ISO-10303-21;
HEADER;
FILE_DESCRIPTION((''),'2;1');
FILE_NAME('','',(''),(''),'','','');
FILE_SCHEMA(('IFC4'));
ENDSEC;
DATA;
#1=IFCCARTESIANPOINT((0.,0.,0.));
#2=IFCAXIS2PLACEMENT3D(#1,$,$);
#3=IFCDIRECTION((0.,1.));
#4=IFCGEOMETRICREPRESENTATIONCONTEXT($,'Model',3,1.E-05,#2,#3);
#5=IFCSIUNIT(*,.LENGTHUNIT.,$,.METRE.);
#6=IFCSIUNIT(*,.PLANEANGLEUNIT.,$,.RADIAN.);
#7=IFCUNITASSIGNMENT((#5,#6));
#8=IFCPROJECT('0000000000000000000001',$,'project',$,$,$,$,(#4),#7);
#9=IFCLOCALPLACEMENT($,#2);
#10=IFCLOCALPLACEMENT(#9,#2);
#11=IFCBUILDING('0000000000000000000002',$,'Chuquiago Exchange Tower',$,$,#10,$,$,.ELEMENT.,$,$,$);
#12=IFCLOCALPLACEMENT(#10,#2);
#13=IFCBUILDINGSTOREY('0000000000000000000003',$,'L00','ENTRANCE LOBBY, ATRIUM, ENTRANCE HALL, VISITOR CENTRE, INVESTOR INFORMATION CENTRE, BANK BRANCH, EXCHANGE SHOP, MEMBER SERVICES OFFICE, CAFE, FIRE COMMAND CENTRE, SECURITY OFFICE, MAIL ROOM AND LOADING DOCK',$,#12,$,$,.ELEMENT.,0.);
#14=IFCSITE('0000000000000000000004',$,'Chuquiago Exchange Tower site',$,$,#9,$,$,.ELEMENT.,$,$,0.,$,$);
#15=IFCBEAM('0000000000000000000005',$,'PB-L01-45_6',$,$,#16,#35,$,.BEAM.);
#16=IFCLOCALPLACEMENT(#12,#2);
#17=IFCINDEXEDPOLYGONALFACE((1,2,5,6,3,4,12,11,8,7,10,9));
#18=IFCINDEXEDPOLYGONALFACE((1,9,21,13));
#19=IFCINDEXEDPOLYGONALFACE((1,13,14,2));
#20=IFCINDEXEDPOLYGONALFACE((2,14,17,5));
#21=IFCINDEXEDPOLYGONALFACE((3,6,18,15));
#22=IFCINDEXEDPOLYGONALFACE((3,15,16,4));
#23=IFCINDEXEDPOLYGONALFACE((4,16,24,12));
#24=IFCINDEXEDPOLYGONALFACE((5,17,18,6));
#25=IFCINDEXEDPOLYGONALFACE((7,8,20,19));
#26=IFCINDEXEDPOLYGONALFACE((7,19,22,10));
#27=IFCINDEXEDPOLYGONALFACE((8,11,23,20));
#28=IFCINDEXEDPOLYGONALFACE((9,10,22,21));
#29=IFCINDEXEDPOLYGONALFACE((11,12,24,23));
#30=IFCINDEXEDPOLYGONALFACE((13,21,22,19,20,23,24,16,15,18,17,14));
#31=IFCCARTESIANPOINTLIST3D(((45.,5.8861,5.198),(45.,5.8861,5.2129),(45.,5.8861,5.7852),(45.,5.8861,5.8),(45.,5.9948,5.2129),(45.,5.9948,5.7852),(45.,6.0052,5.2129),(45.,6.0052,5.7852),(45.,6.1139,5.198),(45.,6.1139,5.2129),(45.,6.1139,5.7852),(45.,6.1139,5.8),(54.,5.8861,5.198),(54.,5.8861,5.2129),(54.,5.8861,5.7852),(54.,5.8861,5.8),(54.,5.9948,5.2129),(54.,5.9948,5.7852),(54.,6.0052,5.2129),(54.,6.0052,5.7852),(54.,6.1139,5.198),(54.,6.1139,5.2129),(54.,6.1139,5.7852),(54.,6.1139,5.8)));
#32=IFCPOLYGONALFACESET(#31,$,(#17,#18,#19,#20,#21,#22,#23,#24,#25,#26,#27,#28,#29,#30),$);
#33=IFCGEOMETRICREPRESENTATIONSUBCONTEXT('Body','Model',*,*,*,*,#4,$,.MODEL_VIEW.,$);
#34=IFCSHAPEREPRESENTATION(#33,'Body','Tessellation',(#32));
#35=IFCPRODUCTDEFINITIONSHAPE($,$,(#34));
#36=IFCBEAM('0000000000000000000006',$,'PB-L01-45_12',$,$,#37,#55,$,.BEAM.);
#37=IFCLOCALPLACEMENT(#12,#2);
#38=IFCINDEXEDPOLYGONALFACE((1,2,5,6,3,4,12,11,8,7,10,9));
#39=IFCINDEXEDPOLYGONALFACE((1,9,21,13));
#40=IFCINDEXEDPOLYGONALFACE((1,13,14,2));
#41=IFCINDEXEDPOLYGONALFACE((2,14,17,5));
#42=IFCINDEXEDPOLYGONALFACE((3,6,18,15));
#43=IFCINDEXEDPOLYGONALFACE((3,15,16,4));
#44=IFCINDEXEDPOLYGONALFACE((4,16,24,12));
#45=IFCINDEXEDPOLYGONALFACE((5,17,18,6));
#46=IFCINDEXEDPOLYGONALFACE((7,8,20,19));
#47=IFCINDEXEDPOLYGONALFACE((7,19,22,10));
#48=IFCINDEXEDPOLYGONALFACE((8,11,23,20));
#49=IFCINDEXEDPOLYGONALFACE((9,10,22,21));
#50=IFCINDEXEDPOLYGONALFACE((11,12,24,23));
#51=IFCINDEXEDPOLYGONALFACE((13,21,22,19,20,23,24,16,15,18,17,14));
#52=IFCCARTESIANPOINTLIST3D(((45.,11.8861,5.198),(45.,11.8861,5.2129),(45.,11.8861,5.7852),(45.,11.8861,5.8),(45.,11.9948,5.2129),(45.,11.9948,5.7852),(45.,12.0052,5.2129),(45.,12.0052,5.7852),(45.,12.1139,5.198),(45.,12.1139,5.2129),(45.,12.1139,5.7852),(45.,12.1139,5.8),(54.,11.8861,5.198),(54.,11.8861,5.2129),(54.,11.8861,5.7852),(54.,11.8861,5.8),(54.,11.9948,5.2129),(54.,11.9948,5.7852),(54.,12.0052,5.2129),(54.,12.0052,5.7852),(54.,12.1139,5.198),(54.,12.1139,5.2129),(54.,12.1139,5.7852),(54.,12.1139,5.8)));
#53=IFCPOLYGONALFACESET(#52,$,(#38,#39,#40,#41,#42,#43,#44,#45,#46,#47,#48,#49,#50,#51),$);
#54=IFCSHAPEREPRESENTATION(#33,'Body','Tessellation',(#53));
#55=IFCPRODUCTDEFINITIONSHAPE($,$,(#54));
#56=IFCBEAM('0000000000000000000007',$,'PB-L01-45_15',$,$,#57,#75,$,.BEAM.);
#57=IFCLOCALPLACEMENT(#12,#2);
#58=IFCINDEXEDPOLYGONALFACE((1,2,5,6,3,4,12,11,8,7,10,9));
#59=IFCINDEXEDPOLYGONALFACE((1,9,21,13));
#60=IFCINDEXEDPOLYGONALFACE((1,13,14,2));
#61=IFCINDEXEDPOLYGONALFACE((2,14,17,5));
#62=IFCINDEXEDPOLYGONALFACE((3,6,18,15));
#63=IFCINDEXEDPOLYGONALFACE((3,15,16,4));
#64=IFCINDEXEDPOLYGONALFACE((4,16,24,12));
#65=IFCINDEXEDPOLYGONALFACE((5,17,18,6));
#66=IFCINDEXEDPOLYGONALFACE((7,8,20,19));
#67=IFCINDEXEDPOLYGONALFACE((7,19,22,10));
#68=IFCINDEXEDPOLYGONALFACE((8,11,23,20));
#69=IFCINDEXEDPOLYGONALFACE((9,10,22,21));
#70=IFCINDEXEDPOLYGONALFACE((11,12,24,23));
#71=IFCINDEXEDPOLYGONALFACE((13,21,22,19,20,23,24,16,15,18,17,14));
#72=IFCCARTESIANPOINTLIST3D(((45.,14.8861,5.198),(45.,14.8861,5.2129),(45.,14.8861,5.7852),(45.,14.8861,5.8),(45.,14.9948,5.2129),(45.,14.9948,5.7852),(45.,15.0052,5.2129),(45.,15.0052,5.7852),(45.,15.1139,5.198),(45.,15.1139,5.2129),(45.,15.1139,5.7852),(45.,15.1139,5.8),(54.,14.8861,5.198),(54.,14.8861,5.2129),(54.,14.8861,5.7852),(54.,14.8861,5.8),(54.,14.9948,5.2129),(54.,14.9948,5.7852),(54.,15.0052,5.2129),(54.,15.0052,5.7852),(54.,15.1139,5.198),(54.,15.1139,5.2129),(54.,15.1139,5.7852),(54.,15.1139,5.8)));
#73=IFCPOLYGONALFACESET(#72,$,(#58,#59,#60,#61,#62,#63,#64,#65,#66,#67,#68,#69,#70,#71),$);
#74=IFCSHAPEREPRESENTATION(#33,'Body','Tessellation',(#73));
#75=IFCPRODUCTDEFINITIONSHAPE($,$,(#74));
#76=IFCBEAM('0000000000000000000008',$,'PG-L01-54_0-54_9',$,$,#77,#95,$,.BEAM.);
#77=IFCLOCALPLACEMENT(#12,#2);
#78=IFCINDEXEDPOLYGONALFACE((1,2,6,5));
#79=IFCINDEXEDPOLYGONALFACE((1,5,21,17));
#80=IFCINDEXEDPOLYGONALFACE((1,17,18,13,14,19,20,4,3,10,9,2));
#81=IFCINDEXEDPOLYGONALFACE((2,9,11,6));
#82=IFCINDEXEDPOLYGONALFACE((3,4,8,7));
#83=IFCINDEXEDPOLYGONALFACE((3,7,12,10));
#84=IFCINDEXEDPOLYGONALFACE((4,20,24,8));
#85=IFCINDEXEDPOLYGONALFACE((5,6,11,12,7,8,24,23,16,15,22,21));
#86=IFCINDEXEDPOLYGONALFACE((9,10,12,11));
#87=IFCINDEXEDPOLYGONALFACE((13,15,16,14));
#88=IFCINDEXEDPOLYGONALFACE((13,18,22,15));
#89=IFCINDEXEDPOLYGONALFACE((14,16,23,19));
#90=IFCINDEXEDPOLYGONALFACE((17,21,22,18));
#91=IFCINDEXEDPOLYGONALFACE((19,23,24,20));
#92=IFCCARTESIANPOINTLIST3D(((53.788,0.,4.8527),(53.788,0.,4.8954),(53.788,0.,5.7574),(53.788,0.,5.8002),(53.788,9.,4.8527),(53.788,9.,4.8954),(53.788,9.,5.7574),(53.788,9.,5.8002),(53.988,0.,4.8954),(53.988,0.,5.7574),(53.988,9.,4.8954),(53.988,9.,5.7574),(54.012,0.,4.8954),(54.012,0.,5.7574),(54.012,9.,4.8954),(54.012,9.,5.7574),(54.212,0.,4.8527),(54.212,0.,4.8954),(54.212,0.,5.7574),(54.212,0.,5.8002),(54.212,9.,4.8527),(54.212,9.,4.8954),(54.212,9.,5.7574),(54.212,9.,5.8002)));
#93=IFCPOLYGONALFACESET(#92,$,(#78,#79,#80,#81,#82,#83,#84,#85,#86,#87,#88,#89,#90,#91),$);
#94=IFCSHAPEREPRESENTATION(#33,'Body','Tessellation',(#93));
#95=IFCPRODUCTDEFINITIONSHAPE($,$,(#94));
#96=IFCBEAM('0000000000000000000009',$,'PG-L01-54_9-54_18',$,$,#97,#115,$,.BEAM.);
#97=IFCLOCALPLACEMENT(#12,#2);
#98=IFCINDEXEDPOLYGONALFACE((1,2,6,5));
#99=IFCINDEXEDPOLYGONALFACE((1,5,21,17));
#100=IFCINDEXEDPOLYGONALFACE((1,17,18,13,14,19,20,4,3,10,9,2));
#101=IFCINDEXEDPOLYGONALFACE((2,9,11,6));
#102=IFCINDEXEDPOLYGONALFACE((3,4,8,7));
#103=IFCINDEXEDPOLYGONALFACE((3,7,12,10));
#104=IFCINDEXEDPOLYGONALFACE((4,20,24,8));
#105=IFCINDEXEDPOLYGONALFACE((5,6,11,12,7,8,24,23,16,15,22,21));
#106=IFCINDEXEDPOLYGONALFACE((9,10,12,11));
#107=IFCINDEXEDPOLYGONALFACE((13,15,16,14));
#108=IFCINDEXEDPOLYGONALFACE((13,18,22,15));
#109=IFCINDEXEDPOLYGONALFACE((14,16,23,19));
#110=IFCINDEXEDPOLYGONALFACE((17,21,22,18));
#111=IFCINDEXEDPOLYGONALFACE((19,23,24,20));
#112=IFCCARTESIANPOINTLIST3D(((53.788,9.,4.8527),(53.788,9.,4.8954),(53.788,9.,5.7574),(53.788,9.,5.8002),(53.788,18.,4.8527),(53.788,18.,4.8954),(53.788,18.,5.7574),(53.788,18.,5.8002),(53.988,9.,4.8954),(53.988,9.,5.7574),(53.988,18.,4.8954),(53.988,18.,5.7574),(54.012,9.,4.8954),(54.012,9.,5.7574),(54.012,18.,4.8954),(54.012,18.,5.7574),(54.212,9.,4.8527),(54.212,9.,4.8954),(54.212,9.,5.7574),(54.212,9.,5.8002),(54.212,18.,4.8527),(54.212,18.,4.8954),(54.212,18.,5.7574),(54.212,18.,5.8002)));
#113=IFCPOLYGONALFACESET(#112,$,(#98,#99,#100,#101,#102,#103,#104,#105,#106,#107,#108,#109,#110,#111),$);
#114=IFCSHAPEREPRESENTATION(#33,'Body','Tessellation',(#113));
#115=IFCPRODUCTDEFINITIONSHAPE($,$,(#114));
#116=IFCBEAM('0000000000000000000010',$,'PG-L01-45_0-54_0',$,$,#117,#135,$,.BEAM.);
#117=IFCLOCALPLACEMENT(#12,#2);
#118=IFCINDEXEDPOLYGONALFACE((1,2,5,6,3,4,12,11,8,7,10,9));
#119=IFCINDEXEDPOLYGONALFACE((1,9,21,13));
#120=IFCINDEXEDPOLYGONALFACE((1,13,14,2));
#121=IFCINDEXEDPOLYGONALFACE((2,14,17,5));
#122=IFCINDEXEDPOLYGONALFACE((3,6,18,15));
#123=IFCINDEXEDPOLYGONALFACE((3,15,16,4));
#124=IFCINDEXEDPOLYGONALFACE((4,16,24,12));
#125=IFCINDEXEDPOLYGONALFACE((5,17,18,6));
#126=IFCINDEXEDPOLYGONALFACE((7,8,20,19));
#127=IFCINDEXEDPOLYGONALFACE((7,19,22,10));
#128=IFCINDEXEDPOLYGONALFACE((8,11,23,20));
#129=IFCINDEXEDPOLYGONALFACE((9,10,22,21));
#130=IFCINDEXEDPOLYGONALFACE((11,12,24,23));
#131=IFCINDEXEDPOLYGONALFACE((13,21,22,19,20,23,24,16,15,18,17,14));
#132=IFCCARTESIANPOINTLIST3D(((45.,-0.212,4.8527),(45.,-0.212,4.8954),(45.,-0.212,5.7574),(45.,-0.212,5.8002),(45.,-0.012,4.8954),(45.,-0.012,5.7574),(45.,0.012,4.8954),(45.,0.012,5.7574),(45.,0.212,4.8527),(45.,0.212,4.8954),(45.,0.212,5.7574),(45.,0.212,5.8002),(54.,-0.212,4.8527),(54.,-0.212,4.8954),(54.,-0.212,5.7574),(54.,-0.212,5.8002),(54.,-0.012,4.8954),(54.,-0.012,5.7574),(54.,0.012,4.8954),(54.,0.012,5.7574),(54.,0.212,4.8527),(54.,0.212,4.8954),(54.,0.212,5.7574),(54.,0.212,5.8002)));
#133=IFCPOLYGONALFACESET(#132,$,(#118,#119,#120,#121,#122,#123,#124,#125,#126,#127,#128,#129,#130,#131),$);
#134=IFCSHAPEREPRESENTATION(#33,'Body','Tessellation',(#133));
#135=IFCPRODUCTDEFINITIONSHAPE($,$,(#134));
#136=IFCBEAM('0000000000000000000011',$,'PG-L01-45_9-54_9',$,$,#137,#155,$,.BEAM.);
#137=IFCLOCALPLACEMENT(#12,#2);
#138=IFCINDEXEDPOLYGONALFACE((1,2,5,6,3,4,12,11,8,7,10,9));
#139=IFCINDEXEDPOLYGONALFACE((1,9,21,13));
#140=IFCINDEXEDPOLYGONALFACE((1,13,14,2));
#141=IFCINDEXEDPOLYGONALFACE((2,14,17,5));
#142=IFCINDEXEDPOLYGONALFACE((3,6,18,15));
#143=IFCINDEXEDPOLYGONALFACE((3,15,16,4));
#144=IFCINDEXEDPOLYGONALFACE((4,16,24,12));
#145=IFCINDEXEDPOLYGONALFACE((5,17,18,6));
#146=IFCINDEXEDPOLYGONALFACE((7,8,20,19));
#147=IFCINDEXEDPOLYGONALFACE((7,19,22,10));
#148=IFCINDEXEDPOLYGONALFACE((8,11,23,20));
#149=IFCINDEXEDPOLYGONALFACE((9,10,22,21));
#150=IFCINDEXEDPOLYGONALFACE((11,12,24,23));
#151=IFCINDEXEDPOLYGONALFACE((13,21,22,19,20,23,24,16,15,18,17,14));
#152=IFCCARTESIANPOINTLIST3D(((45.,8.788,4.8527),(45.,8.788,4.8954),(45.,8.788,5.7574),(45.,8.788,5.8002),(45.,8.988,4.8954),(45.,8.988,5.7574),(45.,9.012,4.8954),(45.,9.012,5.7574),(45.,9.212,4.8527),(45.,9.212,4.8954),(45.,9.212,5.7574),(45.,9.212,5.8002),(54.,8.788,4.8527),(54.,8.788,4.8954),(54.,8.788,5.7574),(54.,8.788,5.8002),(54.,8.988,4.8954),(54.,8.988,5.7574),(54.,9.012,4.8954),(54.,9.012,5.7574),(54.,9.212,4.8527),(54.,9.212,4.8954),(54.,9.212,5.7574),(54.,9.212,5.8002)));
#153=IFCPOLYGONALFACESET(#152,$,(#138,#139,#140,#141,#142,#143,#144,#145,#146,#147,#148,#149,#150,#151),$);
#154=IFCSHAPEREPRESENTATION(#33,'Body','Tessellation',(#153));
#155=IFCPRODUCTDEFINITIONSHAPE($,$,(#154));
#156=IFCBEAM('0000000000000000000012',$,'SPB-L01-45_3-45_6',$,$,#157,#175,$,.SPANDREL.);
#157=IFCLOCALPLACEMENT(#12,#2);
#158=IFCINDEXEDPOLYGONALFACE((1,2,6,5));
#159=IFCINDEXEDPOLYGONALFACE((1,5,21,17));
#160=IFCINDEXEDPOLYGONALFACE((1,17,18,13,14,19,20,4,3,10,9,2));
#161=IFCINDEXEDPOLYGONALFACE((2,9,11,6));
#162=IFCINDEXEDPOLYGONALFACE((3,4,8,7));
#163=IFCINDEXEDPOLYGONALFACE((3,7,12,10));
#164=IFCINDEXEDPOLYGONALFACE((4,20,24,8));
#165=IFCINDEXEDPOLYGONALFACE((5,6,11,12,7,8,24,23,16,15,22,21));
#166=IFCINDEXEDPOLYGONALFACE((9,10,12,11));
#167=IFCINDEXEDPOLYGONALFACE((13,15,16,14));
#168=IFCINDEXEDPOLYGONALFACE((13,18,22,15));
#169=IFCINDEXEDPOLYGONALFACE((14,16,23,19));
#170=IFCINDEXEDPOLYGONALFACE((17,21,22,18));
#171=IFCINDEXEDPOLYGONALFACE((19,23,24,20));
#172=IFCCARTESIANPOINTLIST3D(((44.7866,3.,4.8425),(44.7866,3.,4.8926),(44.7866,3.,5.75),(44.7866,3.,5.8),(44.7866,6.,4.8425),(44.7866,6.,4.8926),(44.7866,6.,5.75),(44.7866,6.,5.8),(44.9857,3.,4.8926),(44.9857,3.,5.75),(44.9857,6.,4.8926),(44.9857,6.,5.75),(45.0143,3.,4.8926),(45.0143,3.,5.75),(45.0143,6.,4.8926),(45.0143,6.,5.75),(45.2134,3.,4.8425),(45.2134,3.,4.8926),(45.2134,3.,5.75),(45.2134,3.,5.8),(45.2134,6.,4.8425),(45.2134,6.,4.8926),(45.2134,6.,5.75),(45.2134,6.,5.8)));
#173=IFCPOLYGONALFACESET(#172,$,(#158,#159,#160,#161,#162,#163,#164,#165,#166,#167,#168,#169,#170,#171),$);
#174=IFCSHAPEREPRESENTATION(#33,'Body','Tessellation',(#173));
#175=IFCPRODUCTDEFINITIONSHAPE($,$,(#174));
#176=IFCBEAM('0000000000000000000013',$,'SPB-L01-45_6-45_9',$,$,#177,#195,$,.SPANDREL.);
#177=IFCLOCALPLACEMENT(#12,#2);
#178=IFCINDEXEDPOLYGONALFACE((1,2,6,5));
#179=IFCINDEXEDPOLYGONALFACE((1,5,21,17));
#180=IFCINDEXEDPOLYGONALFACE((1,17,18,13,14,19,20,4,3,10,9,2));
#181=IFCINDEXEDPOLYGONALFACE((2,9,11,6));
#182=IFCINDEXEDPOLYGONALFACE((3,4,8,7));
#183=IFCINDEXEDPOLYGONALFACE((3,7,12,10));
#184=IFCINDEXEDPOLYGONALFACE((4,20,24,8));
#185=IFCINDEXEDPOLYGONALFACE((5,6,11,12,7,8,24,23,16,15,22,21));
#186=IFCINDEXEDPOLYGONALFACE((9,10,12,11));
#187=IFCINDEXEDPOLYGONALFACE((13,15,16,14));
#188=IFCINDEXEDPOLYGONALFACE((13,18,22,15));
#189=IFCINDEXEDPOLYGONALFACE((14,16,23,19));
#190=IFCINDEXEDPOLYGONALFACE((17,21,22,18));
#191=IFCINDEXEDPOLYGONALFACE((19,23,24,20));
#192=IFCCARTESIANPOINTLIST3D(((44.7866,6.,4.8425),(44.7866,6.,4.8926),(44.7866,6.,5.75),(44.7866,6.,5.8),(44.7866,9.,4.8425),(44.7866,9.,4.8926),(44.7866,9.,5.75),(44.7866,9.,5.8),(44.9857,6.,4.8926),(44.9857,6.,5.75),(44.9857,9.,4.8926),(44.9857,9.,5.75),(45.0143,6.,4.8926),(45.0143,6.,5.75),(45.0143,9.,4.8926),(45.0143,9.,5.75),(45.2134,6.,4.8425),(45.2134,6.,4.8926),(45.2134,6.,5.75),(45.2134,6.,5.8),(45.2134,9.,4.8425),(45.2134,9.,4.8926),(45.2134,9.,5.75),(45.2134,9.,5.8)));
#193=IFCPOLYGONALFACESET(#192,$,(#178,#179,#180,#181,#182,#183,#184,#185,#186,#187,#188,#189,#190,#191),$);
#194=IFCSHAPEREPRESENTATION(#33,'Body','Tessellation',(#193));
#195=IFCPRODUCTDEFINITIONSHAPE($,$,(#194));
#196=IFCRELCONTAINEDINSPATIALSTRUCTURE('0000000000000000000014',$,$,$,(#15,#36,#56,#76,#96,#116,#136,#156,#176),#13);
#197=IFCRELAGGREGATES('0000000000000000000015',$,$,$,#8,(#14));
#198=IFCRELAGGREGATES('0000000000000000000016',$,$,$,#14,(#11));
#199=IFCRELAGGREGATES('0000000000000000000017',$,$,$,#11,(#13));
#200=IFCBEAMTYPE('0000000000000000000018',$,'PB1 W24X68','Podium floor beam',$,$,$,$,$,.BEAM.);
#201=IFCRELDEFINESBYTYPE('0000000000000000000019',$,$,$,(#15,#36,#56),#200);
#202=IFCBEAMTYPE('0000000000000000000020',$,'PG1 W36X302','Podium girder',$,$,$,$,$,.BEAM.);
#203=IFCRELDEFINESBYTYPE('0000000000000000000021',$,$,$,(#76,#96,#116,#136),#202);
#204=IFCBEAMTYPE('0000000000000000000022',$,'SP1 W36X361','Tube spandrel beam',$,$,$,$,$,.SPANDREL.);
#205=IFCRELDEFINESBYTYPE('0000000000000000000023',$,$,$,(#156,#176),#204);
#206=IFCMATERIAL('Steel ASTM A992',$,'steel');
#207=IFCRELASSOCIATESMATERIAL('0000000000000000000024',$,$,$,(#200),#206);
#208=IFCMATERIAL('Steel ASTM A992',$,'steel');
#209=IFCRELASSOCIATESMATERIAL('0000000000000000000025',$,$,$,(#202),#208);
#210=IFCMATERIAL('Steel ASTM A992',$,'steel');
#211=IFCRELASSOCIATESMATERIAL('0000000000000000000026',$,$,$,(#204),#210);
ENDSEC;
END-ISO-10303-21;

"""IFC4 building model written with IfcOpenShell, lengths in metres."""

from ifc_helpers import new_model, si_unit, direction, frame, origin, origin_2d, place, context, subcontext, project, spatial, i_section, extrude, material, material_profile, profile_set, type_object, element, save


model = new_model("IFC4")

# Units and contexts
model_context = context("Model", 3, precision=1e-05, world=origin(), true_north=direction((0.0, 1.0)))
body_context = subcontext(model_context, "Body", "Model", "MODEL_VIEW")
ifc_project = project(units=[si_unit("LENGTHUNIT", "METRE"), si_unit("PLANEANGLEUNIT", "RADIAN")], contexts=[model_context])

# Site, building, storey
site_placement = place(None, origin())
site = spatial("IfcSite", under=ifc_project, at=site_placement, Name="Chuquiago Exchange Tower site", CompositionType="ELEMENT", RefElevation=0.0)
building_placement = place(site_placement, origin())
building = spatial("IfcBuilding", under=site, at=building_placement, Name="Chuquiago Exchange Tower", CompositionType="ELEMENT")
storey_placement = place(building_placement, origin())
storey = spatial("IfcBuildingStorey", under=building, at=storey_placement, Name="L00", Description="ENTRANCE LOBBY, ATRIUM, ENTRANCE HALL, VISITOR CENTRE, INVESTOR INFORMATION CENTRE, BANK BRANCH, EXCHANGE SHOP, MEMBER SERVICES OFFICE, CAFE, FIRE COMMAND CENTRE, SECURITY OFFICE, MAIL ROOM AND LOADING DOCK", CompositionType="ELEMENT", Elevation=0.0)

# Beams
ifc_material_1 = material(Name="Steel ASTM A992", Category="steel")
ifc_material_profile_1 = material_profile(ifc_material_1, i_section(OverallWidth=0.2278, OverallDepth=0.6021, WebThickness=0.0105, FlangeThickness=0.0149, at=origin_2d()), Name="W24X68")
ifc_profile_set_1 = profile_set([ifc_material_profile_1], Name="Steel ASTM A992")
beam_type_1 = type_object("IfcBeamType", Name="PB1 W24X68", Description="Podium floor beam", PredefinedType="BEAM", material=ifc_profile_set_1)
for number, where, z_axis, x_axis, name in (
    (1, (45.0, 6.0, 5.499), (1.0, 0.0, 0.0), (0.0, 1.0, 0.0), "PB-L01-45_6"),
    (2, (45.0, 12.0, 5.499), (1.0, 0.0, 0.0), (0.0, 1.0, 0.0), "PB-L01-45_12"),
    (3, (45.0, 15.0, 5.499), (1.0, 0.0, 0.0), (0.0, 1.0, 0.0), "PB-L01-45_15"),
):
    element("IfcBeam", number, at=place(storey_placement, frame(where, z_axis=z_axis, x_axis=x_axis)), inside=storey, type_object=beam_type_1, Name=name, PredefinedType="BEAM", context=body_context, shape_type="SweptSolid", body=[
        extrude(i_section(OverallWidth=0.2278, OverallDepth=0.6021, WebThickness=0.0105, FlangeThickness=0.0149, at=origin_2d()), origin(), (0.0, 0.0, 1.0), 9.0),
    ])
ifc_material_2 = material(Name="Steel ASTM A992", Category="steel")
ifc_material_profile_2 = material_profile(ifc_material_2, i_section(OverallWidth=0.4241, OverallDepth=0.9475, WebThickness=0.0239, FlangeThickness=0.0427, at=origin_2d()), Name="W36X302")
ifc_profile_set_2 = profile_set([ifc_material_profile_2], Name="Steel ASTM A992")
beam_type_2 = type_object("IfcBeamType", Name="PG1 W36X302", Description="Podium girder", PredefinedType="BEAM", material=ifc_profile_set_2)
for number, where, z_axis, x_axis, name in (
    (4, (54.0, 0.0, 5.3264), (0.0, 1.0, 0.0), (-1.0, 0.0, 0.0), "PG-L01-54_0-54_9"),
    (5, (54.0, 9.0, 5.3264), (0.0, 1.0, 0.0), (-1.0, 0.0, 0.0), "PG-L01-54_9-54_18"),
    (6, (45.0, 0.0, 5.3264), (1.0, 0.0, 0.0), (0.0, 1.0, 0.0), "PG-L01-45_0-54_0"),
    (7, (45.0, 9.0, 5.3264), (1.0, 0.0, 0.0), (0.0, 1.0, 0.0), "PG-L01-45_9-54_9"),
):
    element("IfcBeam", number, at=place(storey_placement, frame(where, z_axis=z_axis, x_axis=x_axis)), inside=storey, type_object=beam_type_2, Name=name, PredefinedType="BEAM", context=body_context, shape_type="SweptSolid", body=[
        extrude(i_section(OverallWidth=0.4241, OverallDepth=0.9475, WebThickness=0.0239, FlangeThickness=0.0427, at=origin_2d()), origin(), (0.0, 0.0, 1.0), 9.0),
    ])
ifc_material_3 = material(Name="Steel ASTM A992", Category="steel")
ifc_material_profile_3 = material_profile(ifc_material_3, i_section(OverallWidth=0.4268, OverallDepth=0.9575, WebThickness=0.0286, FlangeThickness=0.05, at=origin_2d()), Name="W36X361")
ifc_profile_set_3 = profile_set([ifc_material_profile_3], Name="Steel ASTM A992")
beam_type_3 = type_object("IfcBeamType", Name="SP1 W36X361", Description="Tube spandrel beam", PredefinedType="SPANDREL", material=ifc_profile_set_3)
for number, where, z_axis, x_axis, name in (
    (8, (45.0, 3.0, 5.3213), (0.0, 1.0, 0.0), (-1.0, 0.0, 0.0), "SPB-L01-45_3-45_6"),
    (9, (45.0, 6.0, 5.3213), (0.0, 1.0, 0.0), (-1.0, 0.0, 0.0), "SPB-L01-45_6-45_9"),
):
    element("IfcBeam", number, at=place(storey_placement, frame(where, z_axis=z_axis, x_axis=x_axis)), inside=storey, type_object=beam_type_3, Name=name, PredefinedType="SPANDREL", context=body_context, shape_type="SweptSolid", body=[
        extrude(i_section(OverallWidth=0.4268, OverallDepth=0.9575, WebThickness=0.0286, FlangeThickness=0.05, at=origin_2d()), origin(), (0.0, 0.0, 1.0), 3.0),
    ])

save(model, "model.ifc")
